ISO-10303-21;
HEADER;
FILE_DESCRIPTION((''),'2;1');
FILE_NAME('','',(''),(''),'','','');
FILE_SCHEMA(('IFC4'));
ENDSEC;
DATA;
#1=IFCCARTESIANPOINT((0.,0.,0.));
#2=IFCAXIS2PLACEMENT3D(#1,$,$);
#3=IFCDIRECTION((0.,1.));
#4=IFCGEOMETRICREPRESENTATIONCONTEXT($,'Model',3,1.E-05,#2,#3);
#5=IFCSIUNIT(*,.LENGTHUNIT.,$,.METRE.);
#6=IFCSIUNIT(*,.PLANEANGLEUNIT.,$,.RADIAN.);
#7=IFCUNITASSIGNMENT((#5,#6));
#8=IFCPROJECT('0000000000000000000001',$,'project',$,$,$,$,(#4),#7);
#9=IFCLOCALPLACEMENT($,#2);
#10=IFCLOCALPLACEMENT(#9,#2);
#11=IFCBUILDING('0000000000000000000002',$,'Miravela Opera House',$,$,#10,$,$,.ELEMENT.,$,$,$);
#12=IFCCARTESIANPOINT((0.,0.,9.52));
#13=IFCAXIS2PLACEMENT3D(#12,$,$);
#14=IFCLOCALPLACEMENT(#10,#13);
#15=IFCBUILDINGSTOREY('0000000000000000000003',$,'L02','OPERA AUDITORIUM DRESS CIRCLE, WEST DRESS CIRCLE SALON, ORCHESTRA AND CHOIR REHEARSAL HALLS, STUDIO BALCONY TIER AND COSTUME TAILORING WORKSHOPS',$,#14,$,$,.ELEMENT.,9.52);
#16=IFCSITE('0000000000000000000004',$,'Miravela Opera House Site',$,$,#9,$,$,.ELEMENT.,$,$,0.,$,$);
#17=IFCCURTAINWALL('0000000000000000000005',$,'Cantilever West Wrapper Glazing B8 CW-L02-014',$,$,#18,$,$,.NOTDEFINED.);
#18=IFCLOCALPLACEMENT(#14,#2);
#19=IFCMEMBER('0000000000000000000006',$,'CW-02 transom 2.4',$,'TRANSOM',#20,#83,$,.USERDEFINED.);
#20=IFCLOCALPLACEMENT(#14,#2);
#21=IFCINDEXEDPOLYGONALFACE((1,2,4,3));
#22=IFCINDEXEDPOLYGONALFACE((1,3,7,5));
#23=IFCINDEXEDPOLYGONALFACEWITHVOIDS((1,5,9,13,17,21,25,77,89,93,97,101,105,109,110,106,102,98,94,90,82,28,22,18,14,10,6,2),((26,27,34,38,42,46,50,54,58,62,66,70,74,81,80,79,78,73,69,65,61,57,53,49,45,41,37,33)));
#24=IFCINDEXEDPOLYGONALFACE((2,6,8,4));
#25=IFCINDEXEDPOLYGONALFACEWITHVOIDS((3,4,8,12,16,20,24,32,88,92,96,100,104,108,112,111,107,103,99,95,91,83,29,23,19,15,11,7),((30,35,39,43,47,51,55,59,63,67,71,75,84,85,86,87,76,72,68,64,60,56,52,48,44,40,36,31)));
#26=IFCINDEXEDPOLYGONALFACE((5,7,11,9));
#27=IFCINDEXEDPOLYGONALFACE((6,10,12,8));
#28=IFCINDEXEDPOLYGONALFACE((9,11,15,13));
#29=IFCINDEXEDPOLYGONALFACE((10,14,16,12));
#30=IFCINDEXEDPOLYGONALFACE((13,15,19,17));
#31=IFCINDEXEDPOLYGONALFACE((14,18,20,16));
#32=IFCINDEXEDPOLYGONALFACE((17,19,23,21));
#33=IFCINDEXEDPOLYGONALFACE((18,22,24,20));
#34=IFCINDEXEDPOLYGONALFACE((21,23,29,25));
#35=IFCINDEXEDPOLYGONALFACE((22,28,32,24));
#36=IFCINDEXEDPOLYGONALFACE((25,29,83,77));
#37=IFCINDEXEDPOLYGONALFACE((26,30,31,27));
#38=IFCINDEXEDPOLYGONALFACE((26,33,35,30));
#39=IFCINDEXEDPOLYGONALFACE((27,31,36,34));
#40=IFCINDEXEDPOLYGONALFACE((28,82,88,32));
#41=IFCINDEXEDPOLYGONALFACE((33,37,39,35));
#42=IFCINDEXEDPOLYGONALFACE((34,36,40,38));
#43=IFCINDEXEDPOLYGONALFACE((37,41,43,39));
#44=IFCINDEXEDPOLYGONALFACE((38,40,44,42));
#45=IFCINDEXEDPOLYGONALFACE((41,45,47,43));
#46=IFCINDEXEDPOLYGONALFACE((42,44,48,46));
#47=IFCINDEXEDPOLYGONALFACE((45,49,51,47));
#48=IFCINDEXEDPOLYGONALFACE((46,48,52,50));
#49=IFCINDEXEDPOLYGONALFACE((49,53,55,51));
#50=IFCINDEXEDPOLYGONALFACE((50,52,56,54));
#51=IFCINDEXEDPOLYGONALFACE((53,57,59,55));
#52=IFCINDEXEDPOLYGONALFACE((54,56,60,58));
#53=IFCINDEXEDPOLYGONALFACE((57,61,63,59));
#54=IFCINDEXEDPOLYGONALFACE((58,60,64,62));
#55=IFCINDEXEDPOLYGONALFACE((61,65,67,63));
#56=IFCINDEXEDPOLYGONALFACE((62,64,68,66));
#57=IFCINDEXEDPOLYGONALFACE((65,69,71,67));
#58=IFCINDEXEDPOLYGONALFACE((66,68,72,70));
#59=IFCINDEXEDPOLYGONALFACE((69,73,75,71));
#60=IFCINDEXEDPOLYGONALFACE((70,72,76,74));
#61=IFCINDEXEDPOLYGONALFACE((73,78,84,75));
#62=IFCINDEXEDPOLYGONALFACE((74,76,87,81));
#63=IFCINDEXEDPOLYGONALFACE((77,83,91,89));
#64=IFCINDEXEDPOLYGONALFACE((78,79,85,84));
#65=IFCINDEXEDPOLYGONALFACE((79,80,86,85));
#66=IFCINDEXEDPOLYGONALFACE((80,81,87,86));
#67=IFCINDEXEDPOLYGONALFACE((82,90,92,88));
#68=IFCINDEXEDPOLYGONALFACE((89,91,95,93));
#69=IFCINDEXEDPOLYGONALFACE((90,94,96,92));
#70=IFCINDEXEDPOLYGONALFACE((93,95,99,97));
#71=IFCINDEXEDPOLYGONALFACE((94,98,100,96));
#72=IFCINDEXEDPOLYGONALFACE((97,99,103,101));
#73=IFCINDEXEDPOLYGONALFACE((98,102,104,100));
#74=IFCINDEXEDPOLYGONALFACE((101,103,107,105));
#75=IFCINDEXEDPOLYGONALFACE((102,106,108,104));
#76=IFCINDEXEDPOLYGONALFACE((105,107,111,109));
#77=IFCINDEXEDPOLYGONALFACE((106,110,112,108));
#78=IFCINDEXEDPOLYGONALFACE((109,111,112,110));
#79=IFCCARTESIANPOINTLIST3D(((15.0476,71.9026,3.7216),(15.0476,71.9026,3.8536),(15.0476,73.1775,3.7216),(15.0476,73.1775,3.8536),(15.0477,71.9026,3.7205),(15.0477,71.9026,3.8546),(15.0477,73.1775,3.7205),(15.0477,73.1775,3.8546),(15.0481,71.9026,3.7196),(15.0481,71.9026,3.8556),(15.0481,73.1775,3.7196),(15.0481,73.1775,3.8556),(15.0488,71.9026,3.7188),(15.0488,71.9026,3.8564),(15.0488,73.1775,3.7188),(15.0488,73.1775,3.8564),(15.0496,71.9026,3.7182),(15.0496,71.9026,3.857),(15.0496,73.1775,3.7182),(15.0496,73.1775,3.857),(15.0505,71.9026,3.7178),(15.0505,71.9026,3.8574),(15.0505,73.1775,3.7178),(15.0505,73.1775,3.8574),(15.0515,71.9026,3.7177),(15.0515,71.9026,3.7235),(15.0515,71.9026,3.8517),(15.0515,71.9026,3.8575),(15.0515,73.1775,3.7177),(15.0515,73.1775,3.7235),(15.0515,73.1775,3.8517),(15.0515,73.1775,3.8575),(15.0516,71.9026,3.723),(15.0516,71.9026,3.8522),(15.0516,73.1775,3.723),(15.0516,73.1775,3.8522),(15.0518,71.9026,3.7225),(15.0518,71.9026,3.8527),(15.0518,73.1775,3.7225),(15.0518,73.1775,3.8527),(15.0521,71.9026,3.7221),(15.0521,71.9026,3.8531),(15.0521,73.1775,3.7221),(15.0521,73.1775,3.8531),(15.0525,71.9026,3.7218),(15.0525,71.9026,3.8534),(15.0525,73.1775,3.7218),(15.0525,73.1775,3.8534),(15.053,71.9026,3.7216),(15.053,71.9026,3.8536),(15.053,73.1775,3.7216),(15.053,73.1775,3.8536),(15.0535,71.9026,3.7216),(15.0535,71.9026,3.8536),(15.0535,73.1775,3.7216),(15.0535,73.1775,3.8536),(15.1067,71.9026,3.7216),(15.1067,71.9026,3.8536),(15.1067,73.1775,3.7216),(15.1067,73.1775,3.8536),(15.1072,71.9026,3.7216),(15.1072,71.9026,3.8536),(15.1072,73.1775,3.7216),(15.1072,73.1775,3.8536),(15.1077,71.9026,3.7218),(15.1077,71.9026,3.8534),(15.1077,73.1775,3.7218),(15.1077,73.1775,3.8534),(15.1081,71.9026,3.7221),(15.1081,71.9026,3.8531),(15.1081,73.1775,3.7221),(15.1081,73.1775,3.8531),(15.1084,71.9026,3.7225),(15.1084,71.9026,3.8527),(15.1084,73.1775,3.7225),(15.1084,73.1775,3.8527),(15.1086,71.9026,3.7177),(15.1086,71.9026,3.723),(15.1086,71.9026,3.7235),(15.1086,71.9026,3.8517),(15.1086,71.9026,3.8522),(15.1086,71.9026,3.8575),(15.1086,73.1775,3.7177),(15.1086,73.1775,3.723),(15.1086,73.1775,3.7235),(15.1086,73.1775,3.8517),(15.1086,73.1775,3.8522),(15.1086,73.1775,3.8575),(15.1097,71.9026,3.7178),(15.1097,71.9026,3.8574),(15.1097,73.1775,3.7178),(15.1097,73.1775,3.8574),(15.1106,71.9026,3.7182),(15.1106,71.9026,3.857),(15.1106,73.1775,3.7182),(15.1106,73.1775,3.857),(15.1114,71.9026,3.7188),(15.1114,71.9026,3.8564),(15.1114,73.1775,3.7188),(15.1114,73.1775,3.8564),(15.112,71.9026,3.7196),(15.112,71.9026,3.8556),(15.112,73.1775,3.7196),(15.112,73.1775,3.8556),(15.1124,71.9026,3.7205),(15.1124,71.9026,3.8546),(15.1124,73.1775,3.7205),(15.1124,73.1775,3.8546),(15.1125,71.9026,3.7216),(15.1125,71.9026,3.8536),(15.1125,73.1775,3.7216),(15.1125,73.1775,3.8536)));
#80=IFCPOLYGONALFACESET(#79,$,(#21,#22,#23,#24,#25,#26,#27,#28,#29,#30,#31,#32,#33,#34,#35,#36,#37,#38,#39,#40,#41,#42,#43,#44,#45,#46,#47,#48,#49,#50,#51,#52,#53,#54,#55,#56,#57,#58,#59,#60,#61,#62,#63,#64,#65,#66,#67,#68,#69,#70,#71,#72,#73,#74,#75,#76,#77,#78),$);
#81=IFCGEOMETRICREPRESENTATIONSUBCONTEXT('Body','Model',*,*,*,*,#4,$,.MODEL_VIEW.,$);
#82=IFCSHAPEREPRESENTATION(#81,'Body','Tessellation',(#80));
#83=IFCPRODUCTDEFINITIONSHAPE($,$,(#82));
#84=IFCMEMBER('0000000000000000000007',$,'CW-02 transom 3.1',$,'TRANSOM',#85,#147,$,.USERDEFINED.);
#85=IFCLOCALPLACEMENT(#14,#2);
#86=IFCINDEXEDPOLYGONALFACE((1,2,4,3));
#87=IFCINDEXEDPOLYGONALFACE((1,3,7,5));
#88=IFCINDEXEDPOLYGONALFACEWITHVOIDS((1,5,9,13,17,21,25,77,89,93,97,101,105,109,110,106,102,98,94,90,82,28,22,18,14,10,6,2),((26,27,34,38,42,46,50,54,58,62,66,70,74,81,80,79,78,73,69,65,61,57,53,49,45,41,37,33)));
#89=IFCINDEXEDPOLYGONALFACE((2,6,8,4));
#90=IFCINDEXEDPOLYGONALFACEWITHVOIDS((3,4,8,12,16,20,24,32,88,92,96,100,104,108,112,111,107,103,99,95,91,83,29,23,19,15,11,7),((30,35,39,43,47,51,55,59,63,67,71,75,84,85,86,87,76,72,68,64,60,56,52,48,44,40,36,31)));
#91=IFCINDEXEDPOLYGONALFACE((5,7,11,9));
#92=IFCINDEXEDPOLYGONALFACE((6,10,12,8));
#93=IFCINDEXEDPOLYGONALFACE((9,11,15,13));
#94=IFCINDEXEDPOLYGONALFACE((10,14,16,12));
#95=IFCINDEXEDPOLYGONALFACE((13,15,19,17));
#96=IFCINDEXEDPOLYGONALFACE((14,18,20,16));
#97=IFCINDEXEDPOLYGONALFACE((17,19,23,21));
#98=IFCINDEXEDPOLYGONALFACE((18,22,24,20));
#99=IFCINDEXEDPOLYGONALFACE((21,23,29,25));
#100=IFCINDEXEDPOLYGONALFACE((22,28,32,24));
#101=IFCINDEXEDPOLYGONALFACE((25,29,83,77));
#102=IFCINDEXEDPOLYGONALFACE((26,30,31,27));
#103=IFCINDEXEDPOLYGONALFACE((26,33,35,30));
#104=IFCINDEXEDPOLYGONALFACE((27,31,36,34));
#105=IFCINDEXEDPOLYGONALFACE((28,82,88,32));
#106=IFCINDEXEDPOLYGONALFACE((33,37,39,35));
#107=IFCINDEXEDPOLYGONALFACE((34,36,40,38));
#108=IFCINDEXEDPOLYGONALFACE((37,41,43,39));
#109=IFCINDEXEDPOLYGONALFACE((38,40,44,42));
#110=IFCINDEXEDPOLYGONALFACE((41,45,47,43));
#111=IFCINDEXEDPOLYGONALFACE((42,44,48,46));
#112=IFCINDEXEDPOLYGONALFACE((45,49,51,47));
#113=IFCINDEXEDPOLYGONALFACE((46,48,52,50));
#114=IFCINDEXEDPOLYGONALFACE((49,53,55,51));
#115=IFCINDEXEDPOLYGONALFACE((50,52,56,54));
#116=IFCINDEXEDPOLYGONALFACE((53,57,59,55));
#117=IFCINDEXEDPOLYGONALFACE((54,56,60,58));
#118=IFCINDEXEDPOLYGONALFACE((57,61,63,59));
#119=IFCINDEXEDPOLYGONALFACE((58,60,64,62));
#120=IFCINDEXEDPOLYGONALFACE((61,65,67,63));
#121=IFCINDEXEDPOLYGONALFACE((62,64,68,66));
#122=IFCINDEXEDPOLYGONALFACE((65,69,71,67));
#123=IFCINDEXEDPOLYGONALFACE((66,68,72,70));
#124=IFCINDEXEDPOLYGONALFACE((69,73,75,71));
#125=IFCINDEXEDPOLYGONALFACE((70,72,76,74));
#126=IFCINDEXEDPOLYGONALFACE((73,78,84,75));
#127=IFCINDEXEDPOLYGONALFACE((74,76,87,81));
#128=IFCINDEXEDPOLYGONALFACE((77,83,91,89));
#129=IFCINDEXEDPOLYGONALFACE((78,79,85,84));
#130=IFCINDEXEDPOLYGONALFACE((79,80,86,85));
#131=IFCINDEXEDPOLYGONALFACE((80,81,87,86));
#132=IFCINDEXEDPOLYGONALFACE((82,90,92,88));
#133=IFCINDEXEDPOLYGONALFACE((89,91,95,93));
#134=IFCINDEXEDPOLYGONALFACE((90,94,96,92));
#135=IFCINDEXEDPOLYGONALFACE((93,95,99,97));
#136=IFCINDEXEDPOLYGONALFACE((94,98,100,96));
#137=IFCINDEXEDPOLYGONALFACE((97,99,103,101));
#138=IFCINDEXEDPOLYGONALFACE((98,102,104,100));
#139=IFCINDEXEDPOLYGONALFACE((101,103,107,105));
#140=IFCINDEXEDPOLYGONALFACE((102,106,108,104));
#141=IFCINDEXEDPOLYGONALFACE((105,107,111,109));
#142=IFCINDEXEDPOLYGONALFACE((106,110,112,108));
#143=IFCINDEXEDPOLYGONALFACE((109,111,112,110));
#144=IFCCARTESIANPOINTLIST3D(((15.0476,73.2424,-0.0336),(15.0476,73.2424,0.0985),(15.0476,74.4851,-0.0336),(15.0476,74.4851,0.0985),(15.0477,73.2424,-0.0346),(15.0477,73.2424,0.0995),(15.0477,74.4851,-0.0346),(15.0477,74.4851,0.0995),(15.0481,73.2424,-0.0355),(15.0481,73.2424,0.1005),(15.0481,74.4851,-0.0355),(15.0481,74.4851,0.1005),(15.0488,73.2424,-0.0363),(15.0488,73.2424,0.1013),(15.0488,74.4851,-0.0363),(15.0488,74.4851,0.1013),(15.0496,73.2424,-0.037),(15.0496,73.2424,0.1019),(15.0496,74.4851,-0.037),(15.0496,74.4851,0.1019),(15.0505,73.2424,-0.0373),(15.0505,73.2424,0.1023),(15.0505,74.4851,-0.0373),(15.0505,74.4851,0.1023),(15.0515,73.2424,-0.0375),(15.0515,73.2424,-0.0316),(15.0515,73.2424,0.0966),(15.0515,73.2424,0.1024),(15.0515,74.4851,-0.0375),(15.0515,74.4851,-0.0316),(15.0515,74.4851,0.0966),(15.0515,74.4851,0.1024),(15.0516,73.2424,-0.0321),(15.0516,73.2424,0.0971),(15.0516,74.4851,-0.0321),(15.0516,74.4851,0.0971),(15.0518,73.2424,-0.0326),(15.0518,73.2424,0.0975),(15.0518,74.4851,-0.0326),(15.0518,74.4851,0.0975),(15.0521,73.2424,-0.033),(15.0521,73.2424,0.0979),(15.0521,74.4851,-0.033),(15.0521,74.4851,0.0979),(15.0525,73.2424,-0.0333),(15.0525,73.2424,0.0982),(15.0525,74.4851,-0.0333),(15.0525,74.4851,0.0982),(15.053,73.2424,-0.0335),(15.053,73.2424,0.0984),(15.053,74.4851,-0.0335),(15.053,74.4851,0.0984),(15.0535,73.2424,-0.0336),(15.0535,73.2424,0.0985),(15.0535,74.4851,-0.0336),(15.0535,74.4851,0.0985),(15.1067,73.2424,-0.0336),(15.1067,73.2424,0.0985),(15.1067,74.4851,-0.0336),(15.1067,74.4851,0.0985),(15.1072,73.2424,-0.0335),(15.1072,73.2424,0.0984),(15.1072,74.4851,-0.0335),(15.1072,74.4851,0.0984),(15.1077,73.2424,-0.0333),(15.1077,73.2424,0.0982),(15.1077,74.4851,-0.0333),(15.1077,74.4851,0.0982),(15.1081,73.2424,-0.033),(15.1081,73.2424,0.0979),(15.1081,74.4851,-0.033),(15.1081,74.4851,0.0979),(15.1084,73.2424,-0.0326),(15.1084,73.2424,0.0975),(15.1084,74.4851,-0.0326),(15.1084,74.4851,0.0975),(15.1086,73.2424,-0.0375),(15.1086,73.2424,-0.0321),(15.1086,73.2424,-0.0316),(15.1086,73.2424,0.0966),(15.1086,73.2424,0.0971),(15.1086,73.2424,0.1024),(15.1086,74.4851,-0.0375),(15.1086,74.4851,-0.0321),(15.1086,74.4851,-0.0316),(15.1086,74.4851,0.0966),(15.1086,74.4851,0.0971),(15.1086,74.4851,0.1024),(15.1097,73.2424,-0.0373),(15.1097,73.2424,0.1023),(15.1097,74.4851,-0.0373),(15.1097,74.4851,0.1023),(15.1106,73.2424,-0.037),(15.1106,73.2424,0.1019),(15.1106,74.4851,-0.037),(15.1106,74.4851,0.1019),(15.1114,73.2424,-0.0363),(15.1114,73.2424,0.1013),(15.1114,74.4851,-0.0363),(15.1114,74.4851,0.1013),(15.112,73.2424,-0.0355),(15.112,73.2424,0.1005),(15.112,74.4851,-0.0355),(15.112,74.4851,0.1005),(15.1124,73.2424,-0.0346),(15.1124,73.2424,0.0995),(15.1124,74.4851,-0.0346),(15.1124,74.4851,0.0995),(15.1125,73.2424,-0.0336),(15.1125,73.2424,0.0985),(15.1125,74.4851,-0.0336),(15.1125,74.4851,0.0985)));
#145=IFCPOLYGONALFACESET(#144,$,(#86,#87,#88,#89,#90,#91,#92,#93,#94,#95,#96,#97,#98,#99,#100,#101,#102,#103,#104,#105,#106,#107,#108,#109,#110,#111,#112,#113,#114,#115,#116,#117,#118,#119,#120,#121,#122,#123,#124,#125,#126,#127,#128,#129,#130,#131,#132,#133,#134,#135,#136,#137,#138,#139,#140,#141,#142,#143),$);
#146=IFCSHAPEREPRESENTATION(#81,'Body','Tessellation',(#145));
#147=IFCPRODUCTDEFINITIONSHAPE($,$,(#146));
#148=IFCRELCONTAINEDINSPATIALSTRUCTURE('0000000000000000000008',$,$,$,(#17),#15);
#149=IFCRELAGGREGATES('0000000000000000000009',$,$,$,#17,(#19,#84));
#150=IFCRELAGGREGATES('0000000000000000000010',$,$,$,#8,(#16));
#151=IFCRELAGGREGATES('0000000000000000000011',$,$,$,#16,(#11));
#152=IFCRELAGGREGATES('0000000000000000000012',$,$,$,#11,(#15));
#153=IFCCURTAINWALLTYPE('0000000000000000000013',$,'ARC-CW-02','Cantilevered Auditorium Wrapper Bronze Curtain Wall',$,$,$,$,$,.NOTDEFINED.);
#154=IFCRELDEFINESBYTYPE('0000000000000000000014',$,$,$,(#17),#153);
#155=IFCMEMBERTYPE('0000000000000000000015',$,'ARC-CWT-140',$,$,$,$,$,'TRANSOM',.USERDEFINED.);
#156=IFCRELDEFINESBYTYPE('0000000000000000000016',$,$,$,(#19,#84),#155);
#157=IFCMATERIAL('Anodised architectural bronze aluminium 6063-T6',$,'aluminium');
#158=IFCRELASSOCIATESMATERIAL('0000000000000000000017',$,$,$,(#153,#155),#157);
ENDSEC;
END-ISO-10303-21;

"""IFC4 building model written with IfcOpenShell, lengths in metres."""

from ifc_helpers import new_model, si_unit, direction, frame, origin, origin_2d, place, context, subcontext, project, spatial, hollow_rectangle, extrude, material, material_profile, profile_set, type_object, element, aggregate, save


model = new_model("IFC4")

# Units and contexts
model_context = context("Model", 3, precision=1e-05, world=origin(), true_north=direction((0.0, 1.0)))
body_context = subcontext(model_context, "Body", "Model", "MODEL_VIEW")
ifc_project = project(units=[si_unit("LENGTHUNIT", "METRE"), si_unit("PLANEANGLEUNIT", "RADIAN")], contexts=[model_context])

# Site, building, storey
site_placement = place(None, origin())
site = spatial("IfcSite", under=ifc_project, at=site_placement, Name="Miravela Opera House Site", CompositionType="ELEMENT", RefElevation=0.0)
building_placement = place(site_placement, origin())
building = spatial("IfcBuilding", under=site, at=building_placement, Name="Miravela Opera House", CompositionType="ELEMENT")
storey_placement = place(building_placement, frame((0.0, 0.0, 9.52)))
storey = spatial("IfcBuildingStorey", under=building, at=storey_placement, Name="L02", Description="OPERA AUDITORIUM DRESS CIRCLE, WEST DRESS CIRCLE SALON, ORCHESTRA AND CHOIR REHEARSAL HALLS, STUDIO BALCONY TIER AND COSTUME TAILORING WORKSHOPS", CompositionType="ELEMENT", Elevation=9.52)

# Curtain wall, members
ifc_material_1 = material(Name="Anodised architectural bronze aluminium 6063-T6", Category="aluminium")
curtain_wall_type = type_object("IfcCurtainWallType", Name="ARC-CW-02", Description="Cantilevered Auditorium Wrapper Bronze Curtain Wall", PredefinedType="NOTDEFINED", material=ifc_material_1)
curtain_wall_placement = place(storey_placement, origin())
curtain_wall = element("IfcCurtainWall", 1, at=curtain_wall_placement, inside=storey, type_object=curtain_wall_type, Name="Cantilever West Wrapper Glazing B8 CW-L02-014", PredefinedType="NOTDEFINED")
ifc_material_profile_1 = material_profile(ifc_material_1, hollow_rectangle(XDim=0.0649, YDim=0.1399, WallThickness=0.0039, InnerFilletRadius=0.002, OuterFilletRadius=0.0039, at=origin_2d()), Name="CWT-65X140")
ifc_profile_set_1 = profile_set([ifc_material_profile_1])
member_type_1 = type_object("IfcMemberType", Name="ARC-CWT-140", ElementType="TRANSOM", PredefinedType="USERDEFINED", material=ifc_profile_set_1)
member_1_placement = place(storey_placement, frame((15.0801, 71.9026, 3.7876), z_axis=(0.0, 1.0, 0.0), x_axis=(-1.0, 0.0, 0.0)))
member_1 = element("IfcMember", 2, at=member_1_placement, type_object=member_type_1, Name="CW-02 transom 2.4", ObjectType="TRANSOM", PredefinedType="USERDEFINED", context=body_context, shape_type="SweptSolid", body=[
    extrude(hollow_rectangle(XDim=0.0649, YDim=0.1399, WallThickness=0.0039, InnerFilletRadius=0.002, OuterFilletRadius=0.0039, at=origin_2d()), origin(), (0.0, 0.0, 1.0), 1.2749),
])
member_2_placement = place(storey_placement, frame((15.0801, 73.2424, 0.0325), z_axis=(0.0, 1.0, 0.0), x_axis=(-1.0, 0.0, 0.0)))
member_2 = element("IfcMember", 3, at=member_2_placement, type_object=member_type_1, Name="CW-02 transom 3.1", ObjectType="TRANSOM", PredefinedType="USERDEFINED", context=body_context, shape_type="SweptSolid", body=[
    extrude(hollow_rectangle(XDim=0.0649, YDim=0.1399, WallThickness=0.0039, InnerFilletRadius=0.002, OuterFilletRadius=0.0039, at=origin_2d()), origin(), (0.0, 0.0, 1.0), 1.2427),
])

aggregate(curtain_wall, [member_1, member_2])

save(model, "model.ifc")
